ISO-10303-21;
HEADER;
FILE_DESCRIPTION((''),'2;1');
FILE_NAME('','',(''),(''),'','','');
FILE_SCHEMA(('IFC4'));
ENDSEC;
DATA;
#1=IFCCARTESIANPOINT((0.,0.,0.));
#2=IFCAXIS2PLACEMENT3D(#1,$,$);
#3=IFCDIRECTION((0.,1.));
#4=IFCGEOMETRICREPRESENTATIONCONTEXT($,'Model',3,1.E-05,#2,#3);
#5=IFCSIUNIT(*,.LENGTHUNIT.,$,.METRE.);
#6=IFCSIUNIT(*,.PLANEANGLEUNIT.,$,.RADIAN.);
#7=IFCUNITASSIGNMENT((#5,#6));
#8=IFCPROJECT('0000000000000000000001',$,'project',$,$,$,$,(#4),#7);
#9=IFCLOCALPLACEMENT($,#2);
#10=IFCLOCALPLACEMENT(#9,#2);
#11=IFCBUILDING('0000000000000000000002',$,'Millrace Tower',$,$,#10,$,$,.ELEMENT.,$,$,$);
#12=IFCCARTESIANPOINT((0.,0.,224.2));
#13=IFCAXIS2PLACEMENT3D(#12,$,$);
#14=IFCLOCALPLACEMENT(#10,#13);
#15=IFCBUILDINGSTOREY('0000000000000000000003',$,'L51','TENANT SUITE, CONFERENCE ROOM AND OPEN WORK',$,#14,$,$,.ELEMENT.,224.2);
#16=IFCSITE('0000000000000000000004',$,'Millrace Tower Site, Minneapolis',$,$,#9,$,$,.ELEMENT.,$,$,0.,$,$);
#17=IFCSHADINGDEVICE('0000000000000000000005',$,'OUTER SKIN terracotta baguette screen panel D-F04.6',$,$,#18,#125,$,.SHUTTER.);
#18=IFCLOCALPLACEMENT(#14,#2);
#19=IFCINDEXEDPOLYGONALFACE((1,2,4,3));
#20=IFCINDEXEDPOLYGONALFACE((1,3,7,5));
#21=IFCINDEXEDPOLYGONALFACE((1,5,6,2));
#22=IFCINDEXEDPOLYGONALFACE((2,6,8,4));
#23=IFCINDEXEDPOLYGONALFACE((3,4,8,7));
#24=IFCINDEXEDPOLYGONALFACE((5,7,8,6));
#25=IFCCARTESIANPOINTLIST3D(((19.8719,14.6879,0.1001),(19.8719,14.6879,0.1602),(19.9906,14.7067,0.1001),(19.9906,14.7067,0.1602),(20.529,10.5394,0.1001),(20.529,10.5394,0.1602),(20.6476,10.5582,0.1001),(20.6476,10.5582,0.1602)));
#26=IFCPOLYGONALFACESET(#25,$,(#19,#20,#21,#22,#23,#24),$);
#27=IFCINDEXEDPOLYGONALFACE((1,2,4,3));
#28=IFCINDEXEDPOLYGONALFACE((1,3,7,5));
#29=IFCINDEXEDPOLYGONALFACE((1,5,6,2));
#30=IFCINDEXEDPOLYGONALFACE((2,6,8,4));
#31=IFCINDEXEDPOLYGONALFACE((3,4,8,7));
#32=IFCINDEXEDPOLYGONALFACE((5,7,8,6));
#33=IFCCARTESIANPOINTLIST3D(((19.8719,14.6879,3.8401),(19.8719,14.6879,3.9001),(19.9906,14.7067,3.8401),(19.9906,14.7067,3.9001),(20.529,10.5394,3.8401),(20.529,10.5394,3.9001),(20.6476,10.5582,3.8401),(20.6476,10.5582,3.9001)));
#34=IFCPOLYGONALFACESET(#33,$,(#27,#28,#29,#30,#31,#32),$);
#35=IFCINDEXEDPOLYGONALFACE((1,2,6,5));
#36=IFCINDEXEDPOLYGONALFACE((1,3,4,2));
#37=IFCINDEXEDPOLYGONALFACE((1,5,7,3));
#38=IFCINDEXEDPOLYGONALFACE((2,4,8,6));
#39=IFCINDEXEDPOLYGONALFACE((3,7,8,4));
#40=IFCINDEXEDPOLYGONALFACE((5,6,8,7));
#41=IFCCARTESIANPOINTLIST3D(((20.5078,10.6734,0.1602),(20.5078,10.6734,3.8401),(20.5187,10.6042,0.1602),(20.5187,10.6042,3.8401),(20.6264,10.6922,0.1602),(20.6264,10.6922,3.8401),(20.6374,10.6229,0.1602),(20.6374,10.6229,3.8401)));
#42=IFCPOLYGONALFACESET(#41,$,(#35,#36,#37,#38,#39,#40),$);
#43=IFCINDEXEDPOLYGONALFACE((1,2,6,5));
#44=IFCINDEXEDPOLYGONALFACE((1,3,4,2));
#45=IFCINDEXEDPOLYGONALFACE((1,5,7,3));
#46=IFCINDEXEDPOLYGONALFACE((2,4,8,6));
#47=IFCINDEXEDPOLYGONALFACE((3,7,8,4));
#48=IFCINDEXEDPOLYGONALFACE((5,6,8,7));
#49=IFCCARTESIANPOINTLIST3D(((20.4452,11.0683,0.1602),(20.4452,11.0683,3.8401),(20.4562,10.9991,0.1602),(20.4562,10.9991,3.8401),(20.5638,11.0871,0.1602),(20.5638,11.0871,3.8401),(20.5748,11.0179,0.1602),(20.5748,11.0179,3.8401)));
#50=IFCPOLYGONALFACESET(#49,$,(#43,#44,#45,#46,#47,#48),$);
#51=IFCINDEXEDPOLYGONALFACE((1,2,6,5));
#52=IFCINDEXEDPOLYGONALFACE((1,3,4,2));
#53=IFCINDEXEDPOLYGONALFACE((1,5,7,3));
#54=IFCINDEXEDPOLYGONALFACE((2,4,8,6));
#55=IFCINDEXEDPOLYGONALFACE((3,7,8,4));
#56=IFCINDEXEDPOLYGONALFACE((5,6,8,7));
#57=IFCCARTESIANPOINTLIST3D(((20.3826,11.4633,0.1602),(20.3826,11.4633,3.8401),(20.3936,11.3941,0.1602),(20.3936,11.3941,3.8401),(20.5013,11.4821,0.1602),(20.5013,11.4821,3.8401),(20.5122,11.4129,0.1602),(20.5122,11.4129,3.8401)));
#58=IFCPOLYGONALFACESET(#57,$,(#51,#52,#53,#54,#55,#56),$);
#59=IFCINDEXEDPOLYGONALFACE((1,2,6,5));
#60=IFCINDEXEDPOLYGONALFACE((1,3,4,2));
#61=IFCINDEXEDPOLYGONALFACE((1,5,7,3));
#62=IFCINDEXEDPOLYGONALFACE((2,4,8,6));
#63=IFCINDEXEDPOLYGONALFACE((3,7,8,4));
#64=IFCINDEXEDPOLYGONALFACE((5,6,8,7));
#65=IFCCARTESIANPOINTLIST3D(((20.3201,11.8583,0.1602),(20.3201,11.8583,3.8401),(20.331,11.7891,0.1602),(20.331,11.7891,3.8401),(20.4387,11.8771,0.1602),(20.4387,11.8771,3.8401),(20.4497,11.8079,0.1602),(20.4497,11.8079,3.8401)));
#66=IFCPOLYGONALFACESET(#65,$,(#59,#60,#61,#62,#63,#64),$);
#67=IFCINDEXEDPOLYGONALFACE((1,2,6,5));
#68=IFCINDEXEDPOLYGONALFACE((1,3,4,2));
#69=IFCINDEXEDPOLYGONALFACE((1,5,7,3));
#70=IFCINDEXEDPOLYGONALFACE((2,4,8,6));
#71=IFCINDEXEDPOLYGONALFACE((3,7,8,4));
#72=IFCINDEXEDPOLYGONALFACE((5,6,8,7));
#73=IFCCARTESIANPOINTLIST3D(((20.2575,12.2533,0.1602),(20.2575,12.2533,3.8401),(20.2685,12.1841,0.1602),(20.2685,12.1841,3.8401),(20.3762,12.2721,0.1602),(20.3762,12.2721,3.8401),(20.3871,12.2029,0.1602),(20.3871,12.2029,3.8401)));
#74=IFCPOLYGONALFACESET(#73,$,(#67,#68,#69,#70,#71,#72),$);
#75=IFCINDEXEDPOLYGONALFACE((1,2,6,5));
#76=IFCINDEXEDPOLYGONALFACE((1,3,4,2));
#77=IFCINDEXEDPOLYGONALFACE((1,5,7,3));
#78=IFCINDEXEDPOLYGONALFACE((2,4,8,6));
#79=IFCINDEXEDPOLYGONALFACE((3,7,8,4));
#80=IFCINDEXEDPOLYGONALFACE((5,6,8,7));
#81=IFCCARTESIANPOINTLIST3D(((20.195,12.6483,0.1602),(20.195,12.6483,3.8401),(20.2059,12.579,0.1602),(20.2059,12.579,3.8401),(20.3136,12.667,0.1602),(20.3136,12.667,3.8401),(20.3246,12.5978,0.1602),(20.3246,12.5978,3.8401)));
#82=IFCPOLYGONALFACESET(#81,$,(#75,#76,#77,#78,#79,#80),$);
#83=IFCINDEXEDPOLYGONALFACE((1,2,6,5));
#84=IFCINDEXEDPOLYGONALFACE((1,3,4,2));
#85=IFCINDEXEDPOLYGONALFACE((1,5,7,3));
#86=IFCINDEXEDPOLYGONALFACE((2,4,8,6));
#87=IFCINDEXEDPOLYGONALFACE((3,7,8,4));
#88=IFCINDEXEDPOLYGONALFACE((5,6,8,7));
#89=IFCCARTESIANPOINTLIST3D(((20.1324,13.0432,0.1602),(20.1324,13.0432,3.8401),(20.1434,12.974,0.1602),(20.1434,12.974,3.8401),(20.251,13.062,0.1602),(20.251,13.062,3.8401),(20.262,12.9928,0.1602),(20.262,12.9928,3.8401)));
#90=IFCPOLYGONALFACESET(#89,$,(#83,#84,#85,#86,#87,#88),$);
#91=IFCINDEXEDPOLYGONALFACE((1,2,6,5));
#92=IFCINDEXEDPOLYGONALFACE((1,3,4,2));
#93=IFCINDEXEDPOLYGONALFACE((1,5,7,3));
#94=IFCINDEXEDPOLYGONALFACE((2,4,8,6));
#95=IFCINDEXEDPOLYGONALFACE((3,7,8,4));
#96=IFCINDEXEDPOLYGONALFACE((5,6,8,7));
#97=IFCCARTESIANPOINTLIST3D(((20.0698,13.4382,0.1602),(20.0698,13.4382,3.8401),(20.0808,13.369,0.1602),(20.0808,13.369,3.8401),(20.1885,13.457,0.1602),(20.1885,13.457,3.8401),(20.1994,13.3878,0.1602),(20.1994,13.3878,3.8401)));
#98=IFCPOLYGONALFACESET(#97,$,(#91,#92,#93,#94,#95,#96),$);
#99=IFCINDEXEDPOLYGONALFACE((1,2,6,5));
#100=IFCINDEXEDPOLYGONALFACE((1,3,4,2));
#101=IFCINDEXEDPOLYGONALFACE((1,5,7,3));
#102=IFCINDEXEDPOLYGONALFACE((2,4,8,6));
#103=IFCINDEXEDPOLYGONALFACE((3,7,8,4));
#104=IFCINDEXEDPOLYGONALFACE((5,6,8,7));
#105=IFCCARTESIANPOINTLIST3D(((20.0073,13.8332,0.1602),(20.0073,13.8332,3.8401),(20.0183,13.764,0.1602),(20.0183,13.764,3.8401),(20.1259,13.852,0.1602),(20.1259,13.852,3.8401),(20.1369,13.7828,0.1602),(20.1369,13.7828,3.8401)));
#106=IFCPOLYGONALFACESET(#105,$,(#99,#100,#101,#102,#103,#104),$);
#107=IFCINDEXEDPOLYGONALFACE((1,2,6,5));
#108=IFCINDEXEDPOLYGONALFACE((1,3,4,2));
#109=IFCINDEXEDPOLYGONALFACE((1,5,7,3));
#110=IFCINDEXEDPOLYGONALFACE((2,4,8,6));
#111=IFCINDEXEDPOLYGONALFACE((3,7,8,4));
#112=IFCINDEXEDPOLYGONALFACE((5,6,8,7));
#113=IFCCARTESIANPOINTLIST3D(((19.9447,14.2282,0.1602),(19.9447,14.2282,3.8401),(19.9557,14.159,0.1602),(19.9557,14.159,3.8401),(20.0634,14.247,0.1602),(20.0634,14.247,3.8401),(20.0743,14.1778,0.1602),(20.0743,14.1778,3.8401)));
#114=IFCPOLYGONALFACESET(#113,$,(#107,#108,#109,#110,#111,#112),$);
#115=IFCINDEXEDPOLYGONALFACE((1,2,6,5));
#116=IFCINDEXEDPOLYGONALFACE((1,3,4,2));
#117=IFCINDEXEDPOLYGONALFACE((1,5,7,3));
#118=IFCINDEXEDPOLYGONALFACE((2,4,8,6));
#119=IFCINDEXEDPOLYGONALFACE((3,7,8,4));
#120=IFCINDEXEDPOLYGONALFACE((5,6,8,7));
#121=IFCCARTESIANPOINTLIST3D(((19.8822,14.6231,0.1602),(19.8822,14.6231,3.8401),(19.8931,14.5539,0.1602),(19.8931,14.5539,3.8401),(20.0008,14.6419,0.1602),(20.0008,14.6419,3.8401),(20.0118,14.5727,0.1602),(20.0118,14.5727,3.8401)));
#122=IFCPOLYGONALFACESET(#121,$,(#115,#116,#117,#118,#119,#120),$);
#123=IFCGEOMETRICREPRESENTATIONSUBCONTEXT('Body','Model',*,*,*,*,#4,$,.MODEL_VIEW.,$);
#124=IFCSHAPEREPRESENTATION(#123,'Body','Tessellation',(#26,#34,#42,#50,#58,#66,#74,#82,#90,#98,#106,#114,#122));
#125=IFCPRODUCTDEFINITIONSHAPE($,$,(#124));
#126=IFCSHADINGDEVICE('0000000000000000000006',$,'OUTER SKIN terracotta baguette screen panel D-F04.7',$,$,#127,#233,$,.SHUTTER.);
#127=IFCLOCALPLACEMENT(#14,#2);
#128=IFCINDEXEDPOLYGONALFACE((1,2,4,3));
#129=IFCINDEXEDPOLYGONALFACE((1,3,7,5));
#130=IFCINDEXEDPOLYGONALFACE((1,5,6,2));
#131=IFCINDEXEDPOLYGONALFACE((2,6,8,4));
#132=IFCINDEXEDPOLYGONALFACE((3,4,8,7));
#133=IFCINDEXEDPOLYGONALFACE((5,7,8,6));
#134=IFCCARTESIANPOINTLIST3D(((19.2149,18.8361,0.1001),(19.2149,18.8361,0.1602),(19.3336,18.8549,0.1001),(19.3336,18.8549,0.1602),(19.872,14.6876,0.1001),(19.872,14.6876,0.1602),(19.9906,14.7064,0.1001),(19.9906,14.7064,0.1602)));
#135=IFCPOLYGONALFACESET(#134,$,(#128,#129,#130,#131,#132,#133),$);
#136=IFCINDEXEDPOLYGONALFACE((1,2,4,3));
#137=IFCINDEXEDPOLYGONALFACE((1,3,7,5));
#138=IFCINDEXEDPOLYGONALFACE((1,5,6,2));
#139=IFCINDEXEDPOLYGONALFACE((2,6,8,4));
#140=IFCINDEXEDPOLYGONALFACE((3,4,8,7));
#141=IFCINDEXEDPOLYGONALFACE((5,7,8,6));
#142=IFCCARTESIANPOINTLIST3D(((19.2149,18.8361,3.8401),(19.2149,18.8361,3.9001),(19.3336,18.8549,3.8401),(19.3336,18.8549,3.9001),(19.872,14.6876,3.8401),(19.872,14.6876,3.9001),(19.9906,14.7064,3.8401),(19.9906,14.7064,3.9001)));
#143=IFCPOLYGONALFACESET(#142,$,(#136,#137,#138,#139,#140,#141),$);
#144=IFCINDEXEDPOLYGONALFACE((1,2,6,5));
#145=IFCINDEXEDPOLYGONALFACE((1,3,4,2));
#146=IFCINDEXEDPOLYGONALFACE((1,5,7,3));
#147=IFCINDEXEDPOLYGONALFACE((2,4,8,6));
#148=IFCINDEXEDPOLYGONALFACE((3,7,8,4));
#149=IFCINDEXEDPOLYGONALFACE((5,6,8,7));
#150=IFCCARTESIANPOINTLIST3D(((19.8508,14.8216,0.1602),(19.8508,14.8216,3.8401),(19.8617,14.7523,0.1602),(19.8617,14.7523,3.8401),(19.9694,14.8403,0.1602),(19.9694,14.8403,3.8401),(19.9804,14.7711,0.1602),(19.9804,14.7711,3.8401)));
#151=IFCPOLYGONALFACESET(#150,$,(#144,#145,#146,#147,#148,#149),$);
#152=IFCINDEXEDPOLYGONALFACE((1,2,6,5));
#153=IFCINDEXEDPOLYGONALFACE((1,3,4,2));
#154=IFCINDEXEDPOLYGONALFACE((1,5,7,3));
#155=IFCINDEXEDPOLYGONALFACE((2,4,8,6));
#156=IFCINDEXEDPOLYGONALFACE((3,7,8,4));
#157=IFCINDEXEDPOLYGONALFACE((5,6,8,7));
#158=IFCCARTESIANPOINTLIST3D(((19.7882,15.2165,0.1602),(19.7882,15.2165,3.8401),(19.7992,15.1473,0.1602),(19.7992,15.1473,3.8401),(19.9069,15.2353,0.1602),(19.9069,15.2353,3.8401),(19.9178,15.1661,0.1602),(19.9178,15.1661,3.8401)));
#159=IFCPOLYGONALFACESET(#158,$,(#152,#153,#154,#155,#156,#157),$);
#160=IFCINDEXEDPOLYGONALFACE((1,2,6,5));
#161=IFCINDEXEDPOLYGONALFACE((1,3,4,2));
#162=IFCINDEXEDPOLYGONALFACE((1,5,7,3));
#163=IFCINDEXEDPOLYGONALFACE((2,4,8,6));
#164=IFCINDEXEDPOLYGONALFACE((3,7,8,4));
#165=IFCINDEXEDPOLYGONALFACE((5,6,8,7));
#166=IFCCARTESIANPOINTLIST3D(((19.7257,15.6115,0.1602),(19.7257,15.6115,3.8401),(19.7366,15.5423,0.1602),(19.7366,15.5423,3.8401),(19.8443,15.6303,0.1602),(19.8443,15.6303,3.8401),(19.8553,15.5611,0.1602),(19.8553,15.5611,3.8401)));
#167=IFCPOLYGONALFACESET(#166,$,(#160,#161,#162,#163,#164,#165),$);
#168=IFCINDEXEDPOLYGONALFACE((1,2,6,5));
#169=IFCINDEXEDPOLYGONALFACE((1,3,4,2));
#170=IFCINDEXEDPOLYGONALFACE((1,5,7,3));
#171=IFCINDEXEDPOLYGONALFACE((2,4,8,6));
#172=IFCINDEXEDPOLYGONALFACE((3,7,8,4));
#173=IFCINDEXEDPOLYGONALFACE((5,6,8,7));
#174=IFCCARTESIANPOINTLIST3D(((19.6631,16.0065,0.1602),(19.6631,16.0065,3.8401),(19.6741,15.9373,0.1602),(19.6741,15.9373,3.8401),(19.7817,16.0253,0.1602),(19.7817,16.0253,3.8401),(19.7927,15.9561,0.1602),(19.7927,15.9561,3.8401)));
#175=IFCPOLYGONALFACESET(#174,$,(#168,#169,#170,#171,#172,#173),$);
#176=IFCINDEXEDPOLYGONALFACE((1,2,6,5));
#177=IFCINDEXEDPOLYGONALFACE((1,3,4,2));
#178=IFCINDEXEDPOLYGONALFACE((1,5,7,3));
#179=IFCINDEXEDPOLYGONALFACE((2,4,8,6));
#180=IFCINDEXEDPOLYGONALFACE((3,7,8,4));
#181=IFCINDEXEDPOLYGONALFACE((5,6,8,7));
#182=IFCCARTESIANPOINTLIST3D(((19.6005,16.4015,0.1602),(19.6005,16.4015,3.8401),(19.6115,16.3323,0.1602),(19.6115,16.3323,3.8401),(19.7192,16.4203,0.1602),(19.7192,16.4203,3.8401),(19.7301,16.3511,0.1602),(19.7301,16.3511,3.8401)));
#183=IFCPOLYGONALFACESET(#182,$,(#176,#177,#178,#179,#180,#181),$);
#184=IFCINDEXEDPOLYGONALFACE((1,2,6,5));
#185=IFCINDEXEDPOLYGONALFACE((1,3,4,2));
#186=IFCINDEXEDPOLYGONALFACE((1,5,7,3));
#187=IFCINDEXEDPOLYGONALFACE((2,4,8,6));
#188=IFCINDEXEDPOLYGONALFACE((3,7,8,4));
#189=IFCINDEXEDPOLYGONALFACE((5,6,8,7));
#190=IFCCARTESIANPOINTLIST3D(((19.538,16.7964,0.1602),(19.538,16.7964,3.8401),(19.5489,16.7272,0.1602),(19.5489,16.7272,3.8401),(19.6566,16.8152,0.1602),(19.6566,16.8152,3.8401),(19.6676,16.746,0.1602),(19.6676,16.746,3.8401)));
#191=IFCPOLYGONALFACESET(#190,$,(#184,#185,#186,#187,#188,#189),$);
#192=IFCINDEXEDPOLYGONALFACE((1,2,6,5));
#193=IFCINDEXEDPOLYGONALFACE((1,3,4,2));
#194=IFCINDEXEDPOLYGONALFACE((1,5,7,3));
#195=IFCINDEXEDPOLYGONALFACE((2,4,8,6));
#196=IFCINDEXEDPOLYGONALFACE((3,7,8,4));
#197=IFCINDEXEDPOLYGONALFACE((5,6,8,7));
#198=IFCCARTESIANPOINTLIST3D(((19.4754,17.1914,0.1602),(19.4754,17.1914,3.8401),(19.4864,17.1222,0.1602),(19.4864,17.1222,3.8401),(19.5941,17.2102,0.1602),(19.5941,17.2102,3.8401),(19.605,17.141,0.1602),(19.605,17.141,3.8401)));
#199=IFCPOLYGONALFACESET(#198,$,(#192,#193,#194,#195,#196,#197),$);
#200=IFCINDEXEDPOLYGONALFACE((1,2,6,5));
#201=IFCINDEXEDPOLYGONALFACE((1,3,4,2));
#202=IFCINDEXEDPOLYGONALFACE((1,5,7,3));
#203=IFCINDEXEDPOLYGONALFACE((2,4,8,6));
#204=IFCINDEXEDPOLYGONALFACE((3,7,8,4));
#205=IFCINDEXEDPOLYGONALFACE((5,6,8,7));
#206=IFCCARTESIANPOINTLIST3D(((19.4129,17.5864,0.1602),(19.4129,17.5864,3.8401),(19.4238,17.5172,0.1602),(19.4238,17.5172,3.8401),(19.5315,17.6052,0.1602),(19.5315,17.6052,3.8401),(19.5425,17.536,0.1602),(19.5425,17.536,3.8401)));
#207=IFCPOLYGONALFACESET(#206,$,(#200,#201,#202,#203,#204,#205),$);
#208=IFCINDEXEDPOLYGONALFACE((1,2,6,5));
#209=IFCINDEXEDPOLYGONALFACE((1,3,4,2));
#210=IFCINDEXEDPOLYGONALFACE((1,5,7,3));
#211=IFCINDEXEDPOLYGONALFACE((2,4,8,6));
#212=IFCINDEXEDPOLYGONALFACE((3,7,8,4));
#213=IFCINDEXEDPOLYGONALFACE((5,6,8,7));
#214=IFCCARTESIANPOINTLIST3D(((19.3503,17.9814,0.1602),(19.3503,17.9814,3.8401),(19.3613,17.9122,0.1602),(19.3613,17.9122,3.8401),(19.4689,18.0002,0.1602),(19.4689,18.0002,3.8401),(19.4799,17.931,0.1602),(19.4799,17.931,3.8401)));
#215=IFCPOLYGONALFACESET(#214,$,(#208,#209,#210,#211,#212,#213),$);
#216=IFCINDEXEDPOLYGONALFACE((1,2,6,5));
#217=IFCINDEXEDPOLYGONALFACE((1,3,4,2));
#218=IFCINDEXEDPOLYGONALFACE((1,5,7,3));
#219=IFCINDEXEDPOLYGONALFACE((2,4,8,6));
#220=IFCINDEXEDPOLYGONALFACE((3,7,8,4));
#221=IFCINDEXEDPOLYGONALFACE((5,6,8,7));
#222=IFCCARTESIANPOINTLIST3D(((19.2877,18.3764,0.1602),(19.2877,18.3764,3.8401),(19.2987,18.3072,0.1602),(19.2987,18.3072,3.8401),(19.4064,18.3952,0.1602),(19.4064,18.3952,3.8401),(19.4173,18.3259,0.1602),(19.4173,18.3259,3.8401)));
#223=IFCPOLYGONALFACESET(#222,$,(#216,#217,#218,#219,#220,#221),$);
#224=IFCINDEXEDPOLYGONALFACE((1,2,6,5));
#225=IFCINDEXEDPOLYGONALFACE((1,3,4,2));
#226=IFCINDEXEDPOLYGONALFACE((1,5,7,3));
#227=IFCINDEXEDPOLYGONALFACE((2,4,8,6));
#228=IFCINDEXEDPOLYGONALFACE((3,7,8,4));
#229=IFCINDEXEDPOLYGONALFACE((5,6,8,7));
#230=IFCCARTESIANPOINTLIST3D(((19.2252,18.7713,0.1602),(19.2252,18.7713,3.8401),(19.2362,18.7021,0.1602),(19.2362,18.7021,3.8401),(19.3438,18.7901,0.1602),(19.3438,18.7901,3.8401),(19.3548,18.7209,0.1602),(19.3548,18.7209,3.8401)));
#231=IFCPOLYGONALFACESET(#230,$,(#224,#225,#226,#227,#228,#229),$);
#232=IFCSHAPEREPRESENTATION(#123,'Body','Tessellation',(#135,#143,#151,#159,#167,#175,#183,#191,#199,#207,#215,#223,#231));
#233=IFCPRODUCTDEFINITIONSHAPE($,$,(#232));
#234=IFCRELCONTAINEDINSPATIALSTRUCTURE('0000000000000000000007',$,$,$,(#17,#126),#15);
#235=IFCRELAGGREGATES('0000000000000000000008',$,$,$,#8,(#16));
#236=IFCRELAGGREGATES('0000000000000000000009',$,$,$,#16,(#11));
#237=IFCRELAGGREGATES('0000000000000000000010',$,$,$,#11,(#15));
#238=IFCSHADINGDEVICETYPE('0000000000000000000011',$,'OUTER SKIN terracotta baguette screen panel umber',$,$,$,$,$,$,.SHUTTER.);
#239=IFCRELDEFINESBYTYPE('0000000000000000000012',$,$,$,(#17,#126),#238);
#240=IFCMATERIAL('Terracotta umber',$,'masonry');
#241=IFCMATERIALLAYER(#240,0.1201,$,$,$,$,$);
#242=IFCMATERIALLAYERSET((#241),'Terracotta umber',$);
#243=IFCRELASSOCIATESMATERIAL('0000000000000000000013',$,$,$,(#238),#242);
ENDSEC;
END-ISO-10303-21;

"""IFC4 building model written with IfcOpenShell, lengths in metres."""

from ifc_helpers import new_model, entity, si_unit, direction, frame, frame_2d, origin, origin_2d, place, context, subcontext, project, spatial, rectangle, extrude, source, transform, mapped, material, layer, layer_set, type_object, element, save


model = new_model("IFC4")

# Units and contexts
model_context = context("Model", 3, precision=1e-05, world=origin(), true_north=direction((0.0, 1.0)))
body_context = subcontext(model_context, "Body", "Model", "MODEL_VIEW")
ifc_project = project(units=[si_unit("LENGTHUNIT", "METRE"), si_unit("PLANEANGLEUNIT", "RADIAN")], contexts=[model_context])

# Site, building, storey
site_placement = place(None, origin())
site = spatial("IfcSite", under=ifc_project, at=site_placement, Name="Millrace Tower Site, Minneapolis", CompositionType="ELEMENT", RefElevation=0.0)
building_placement = place(site_placement, origin())
building = spatial("IfcBuilding", under=site, at=building_placement, Name="Millrace Tower", CompositionType="ELEMENT")
storey_placement = place(building_placement, frame((0.0, 0.0, 224.2)))
storey = spatial("IfcBuildingStorey", under=building, at=storey_placement, Name="L51", Description="TENANT SUITE, CONFERENCE ROOM AND OPEN WORK", CompositionType="ELEMENT", Elevation=224.2)

# Shading devices
ifc_material_1 = material(Name="Terracotta umber", Category="masonry")
ifc_layer_1 = layer(ifc_material_1, 0.1201)
ifc_layer_set_1 = layer_set([ifc_layer_1], Name="Terracotta umber")
shading_device_type = type_object("IfcShadingDeviceType", Name="OUTER SKIN terracotta baguette screen panel umber", PredefinedType="SHUTTER", material=ifc_layer_set_1)
cartesian_point_1 = entity("IfcCartesianPoint", [-2.1001, 0.0601])
shared_polyline_1 = entity("IfcPolyline", [cartesian_point_1, entity("IfcCartesianPoint", [2.1001, 0.0601]), entity("IfcCartesianPoint", [2.1001, -0.0601]), entity("IfcCartesianPoint", [-2.1001, -0.0601]), cartesian_point_1])
shared_shape_1 = source(origin(), body_context, "Body", "SweptSolid", [
    entity("IfcExtrudedAreaSolid", entity("IfcArbitraryClosedProfileDef", "AREA", None, shared_polyline_1), entity("IfcAxis2Placement3D", entity("IfcCartesianPoint", [0.0, 0.0, 0.0])), entity("IfcDirection", [0.0, 0.0, 1.0]), 0.0601),
    entity("IfcExtrudedAreaSolid", entity("IfcArbitraryClosedProfileDef", "AREA", None, shared_polyline_1), entity("IfcAxis2Placement3D", entity("IfcCartesianPoint", [0.0, 0.0, 3.74])), entity("IfcDirection", [0.0, 0.0, 1.0]), 0.0601),
    extrude(rectangle(XDim=0.0701, YDim=0.1201, at=frame_2d((-1.9995, 0.0))), frame((0.0, 0.0, 0.0601)), (0.0, 0.0, 1.0), 3.6799),
    extrude(rectangle(XDim=0.0701, YDim=0.1201, at=frame_2d((-1.5996, 0.0))), frame((0.0, 0.0, 0.0601)), (0.0, 0.0, 1.0), 3.6799),
    extrude(rectangle(XDim=0.0701, YDim=0.1201, at=frame_2d((-1.1997, 0.0))), frame((0.0, 0.0, 0.0601)), (0.0, 0.0, 1.0), 3.6799),
    extrude(rectangle(XDim=0.0701, YDim=0.1201, at=frame_2d((-0.7998, 0.0))), frame((0.0, 0.0, 0.0601)), (0.0, 0.0, 1.0), 3.6799),
    extrude(rectangle(XDim=0.0701, YDim=0.1201, at=frame_2d((-0.3999, 0.0))), frame((0.0, 0.0, 0.0601)), (0.0, 0.0, 1.0), 3.6799),
    extrude(rectangle(XDim=0.0701, YDim=0.1201, at=origin_2d()), frame((0.0, 0.0, 0.0601)), (0.0, 0.0, 1.0), 3.6799),
    extrude(rectangle(XDim=0.0701, YDim=0.1201, at=frame_2d((0.3999, 0.0))), frame((0.0, 0.0, 0.0601)), (0.0, 0.0, 1.0), 3.6799),
    extrude(rectangle(XDim=0.0701, YDim=0.1201, at=frame_2d((0.7998, 0.0))), frame((0.0, 0.0, 0.0601)), (0.0, 0.0, 1.0), 3.6799),
    extrude(rectangle(XDim=0.0701, YDim=0.1201, at=frame_2d((1.1997, 0.0))), frame((0.0, 0.0, 0.0601)), (0.0, 0.0, 1.0), 3.6799),
    extrude(rectangle(XDim=0.0701, YDim=0.1201, at=frame_2d((1.5996, 0.0))), frame((0.0, 0.0, 0.0601)), (0.0, 0.0, 1.0), 3.6799),
    extrude(rectangle(XDim=0.0701, YDim=0.1201, at=frame_2d((1.9995, 0.0))), frame((0.0, 0.0, 0.0601)), (0.0, 0.0, 1.0), 3.6799),
])
for number, where, z_axis, x_axis, name in (
    (1, (20.2598, 12.623, 0.1001), (0.0, 0.0, 1.0), (-0.156434, 0.987688, 0.0), "OUTER SKIN terracotta baguette screen panel D-F04.6"),
    (2, (19.6028, 16.7712, 0.1001), (0.0, 0.0, 1.0), (-0.156434, 0.987688, 0.0), "OUTER SKIN terracotta baguette screen panel D-F04.7"),
):
    element("IfcShadingDevice", number, at=place(storey_placement, frame(where, z_axis=z_axis, x_axis=x_axis)), inside=storey, type_object=shading_device_type, Name=name, PredefinedType="SHUTTER", context=body_context, shape_type="MappedRepresentation", body=[
        mapped(shared_shape_1, transform((0.0, 0.0, 0.0), scale=1.0)),
    ])

save(model, "model.ifc")
